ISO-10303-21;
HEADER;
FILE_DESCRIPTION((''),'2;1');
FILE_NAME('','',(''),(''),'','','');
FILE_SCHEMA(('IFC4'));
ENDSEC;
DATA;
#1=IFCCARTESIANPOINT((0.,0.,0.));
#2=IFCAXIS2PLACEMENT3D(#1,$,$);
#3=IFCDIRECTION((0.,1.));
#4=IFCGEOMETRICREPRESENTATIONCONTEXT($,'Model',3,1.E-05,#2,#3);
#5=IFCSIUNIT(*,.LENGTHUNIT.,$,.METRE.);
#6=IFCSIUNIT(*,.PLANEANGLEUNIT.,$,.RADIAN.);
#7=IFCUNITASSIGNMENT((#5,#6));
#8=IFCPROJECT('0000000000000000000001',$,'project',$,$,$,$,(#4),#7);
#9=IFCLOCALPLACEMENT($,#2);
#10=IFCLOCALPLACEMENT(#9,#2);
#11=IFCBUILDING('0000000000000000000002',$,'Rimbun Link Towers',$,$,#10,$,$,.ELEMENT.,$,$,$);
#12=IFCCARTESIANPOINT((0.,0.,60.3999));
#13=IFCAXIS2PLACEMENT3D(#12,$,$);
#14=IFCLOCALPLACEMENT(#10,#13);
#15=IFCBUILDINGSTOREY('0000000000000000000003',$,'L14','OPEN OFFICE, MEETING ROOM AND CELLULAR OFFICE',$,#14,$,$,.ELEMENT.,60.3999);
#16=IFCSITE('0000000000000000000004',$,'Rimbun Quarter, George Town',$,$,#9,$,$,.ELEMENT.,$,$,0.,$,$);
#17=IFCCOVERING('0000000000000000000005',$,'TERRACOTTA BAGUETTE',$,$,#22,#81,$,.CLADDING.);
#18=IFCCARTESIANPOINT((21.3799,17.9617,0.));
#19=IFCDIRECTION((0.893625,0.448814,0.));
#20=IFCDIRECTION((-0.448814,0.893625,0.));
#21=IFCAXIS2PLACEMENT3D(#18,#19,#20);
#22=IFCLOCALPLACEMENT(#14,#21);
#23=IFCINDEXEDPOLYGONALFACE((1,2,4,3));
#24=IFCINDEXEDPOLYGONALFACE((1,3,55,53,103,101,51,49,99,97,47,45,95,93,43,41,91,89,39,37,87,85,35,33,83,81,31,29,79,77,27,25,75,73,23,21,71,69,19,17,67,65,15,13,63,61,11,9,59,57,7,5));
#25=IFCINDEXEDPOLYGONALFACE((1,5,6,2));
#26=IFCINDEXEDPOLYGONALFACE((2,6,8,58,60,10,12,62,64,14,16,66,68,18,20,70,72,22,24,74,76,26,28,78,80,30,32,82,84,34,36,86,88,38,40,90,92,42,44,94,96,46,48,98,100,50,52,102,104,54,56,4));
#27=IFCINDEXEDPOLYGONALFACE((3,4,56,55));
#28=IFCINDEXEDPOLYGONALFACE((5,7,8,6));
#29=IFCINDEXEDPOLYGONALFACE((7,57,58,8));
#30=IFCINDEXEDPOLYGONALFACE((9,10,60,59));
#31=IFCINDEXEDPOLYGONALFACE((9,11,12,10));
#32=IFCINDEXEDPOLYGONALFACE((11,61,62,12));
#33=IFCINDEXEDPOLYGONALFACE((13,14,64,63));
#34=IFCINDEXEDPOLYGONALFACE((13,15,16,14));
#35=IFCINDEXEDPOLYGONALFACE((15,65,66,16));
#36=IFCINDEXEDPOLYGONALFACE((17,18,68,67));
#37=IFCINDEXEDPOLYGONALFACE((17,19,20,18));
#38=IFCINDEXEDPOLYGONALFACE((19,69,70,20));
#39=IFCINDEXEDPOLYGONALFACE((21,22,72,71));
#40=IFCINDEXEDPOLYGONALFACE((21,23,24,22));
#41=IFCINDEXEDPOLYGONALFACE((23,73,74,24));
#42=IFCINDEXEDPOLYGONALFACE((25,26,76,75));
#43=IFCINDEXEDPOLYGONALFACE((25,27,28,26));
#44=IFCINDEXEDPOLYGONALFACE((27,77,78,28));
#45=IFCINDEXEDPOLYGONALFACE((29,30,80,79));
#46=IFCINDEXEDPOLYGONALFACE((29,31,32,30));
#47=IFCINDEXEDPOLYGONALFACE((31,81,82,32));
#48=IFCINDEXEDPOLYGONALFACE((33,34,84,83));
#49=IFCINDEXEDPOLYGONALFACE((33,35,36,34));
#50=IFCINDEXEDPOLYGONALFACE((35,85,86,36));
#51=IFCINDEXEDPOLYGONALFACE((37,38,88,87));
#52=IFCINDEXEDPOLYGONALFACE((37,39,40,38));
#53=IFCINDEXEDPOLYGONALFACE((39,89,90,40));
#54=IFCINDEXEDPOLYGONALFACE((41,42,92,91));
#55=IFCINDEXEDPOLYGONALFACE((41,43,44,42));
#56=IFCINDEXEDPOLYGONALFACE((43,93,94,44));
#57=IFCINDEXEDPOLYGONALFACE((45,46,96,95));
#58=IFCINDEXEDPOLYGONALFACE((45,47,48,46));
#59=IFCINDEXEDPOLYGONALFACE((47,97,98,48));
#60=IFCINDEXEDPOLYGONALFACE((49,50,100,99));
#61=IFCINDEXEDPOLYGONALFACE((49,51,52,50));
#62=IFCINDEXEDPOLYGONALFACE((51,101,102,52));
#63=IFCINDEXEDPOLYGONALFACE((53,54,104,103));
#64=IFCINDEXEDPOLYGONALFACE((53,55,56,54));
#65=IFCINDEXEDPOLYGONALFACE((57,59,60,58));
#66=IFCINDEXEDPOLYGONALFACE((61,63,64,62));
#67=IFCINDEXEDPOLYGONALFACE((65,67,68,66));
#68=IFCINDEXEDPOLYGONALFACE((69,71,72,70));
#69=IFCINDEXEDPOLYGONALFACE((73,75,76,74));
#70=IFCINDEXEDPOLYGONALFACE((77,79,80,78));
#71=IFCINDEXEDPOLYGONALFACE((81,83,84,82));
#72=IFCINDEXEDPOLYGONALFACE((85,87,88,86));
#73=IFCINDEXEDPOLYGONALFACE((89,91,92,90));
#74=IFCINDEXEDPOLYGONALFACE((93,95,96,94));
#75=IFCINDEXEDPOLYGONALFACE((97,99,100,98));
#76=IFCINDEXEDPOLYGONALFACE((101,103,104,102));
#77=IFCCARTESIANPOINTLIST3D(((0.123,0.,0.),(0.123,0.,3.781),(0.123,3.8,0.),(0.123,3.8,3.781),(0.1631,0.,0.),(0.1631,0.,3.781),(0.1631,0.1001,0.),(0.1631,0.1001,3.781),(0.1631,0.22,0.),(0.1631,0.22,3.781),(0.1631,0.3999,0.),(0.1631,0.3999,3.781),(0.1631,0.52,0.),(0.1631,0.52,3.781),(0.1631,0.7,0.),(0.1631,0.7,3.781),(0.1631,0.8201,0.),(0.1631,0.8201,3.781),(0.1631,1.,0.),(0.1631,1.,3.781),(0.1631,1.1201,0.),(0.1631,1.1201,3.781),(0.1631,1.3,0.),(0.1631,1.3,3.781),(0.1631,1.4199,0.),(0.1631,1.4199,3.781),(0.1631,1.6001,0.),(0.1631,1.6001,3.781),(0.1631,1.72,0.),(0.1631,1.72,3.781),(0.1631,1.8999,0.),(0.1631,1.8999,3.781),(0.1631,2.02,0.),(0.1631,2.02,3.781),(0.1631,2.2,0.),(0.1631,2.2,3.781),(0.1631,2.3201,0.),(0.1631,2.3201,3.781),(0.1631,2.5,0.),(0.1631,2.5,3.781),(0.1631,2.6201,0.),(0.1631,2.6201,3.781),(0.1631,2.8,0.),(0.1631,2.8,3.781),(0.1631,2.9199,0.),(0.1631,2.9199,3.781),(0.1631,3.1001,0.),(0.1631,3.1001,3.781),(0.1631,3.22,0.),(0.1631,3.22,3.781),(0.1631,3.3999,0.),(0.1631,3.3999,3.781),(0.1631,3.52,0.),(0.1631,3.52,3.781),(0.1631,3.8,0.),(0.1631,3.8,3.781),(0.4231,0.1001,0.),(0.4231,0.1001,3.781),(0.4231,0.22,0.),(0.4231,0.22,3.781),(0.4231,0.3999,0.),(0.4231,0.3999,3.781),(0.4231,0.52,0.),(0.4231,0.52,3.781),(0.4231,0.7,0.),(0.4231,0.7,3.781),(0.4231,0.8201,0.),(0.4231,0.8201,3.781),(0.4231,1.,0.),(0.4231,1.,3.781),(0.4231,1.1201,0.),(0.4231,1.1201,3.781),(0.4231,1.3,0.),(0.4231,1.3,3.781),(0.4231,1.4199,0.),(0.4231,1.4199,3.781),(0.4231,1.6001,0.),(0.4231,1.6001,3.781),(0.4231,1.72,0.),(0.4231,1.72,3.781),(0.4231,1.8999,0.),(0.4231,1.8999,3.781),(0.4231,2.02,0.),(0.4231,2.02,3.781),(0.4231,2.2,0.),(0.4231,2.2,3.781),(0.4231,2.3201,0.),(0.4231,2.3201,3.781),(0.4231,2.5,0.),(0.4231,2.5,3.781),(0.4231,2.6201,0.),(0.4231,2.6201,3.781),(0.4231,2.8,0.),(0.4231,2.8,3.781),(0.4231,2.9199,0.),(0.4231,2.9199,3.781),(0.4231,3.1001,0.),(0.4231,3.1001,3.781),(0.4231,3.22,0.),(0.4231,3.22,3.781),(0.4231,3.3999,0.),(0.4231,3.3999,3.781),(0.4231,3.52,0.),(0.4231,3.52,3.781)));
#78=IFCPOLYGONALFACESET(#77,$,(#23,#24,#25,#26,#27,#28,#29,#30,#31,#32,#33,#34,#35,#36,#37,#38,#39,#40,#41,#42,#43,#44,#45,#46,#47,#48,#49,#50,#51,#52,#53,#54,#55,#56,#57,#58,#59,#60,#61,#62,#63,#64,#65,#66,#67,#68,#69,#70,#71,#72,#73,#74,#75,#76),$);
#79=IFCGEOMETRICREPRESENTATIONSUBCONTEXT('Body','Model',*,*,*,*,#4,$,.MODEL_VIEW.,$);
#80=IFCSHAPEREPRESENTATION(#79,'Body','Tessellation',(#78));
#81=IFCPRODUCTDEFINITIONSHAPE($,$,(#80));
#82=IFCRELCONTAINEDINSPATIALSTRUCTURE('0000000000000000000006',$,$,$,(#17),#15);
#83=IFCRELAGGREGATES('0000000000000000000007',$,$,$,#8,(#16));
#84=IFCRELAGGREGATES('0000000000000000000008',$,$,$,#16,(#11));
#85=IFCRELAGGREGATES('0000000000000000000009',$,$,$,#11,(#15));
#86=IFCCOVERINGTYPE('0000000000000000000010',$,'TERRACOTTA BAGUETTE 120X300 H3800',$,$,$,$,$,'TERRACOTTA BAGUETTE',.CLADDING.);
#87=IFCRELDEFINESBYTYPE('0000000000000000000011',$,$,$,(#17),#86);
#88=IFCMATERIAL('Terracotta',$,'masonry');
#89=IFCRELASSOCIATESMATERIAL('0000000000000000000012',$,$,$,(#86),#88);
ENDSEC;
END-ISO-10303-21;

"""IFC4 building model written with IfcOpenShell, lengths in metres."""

from ifc_helpers import new_model, si_unit, direction, frame, origin, place, context, subcontext, project, spatial, polyline, outline, extrude, material, material_profile, profile_set, type_object, element, save


model = new_model("IFC4")

# Units and contexts
model_context = context("Model", 3, precision=1e-05, world=origin(), true_north=direction((0.0, 1.0)))
body_context = subcontext(model_context, "Body", "Model", "MODEL_VIEW")
ifc_project = project(units=[si_unit("LENGTHUNIT", "METRE"), si_unit("PLANEANGLEUNIT", "RADIAN")], contexts=[model_context])

# Site, building, storey
site_placement = place(None, origin())
site = spatial("IfcSite", under=ifc_project, at=site_placement, Name="Rimbun Quarter, George Town", CompositionType="ELEMENT", RefElevation=0.0)
building_placement = place(site_placement, origin())
building = spatial("IfcBuilding", under=site, at=building_placement, Name="Rimbun Link Towers", CompositionType="ELEMENT")
storey_placement = place(building_placement, frame((0.0, 0.0, 60.3999)))
storey = spatial("IfcBuildingStorey", under=building, at=storey_placement, Name="L14", Description="OPEN OFFICE, MEETING ROOM AND CELLULAR OFFICE", CompositionType="ELEMENT", Elevation=60.3999)

# Covering
ifc_material_1 = material(Name="Terracotta", Category="masonry")
ifc_material_profile_1 = material_profile(ifc_material_1, outline(polyline([(0.123, 0.0), (0.1631, 0.0), (0.1631, 0.1001), (0.4231, 0.1001), (0.4231, 0.22), (0.1631, 0.22), (0.1631, 0.3999), (0.4231, 0.3999), (0.4231, 0.52), (0.1631, 0.52), (0.1631, 0.7), (0.4231, 0.7), (0.4231, 0.8201), (0.1631, 0.8201), (0.1631, 1.0), (0.4231, 1.0), (0.4231, 1.1201), (0.1631, 1.1201), (0.1631, 1.3), (0.4231, 1.3), (0.4231, 1.4199), (0.1631, 1.4199), (0.1631, 1.6001), (0.4231, 1.6001), (0.4231, 1.72), (0.1631, 1.72), (0.1631, 1.8999), (0.4231, 1.8999), (0.4231, 2.02), (0.1631, 2.02), (0.1631, 2.2), (0.4231, 2.2), (0.4231, 2.3201), (0.1631, 2.3201), (0.1631, 2.5), (0.4231, 2.5), (0.4231, 2.6201), (0.1631, 2.6201), (0.1631, 2.8), (0.4231, 2.8), (0.4231, 2.9199), (0.1631, 2.9199), (0.1631, 3.1001), (0.4231, 3.1001), (0.4231, 3.22), (0.1631, 3.22), (0.1631, 3.3999), (0.4231, 3.3999), (0.4231, 3.52), (0.1631, 3.52), (0.1631, 3.8), (0.123, 3.8), (0.123, 0.0)])), Name="BAGUETTE 120X300")
ifc_profile_set_1 = profile_set([ifc_material_profile_1], Name="Terracotta")
covering_type = type_object("IfcCoveringType", Name="TERRACOTTA BAGUETTE 120X300 H3800", ElementType="TERRACOTTA BAGUETTE", PredefinedType="CLADDING", material=ifc_profile_set_1)
covering_1_placement = place(storey_placement, frame((21.3799, 17.9617, 0.0), z_axis=(0.893625, 0.448814, 0.0), x_axis=(-0.448814, 0.893625, 0.0)))
element("IfcCovering", 1, at=covering_1_placement, inside=storey, type_object=covering_type, Name="TERRACOTTA BAGUETTE", PredefinedType="CLADDING", context=body_context, shape_type="SweptSolid", body=[
    extrude(outline(polyline([(0.123, 0.0), (0.1631, 0.0), (0.1631, 0.1001), (0.4231, 0.1001), (0.4231, 0.22), (0.1631, 0.22), (0.1631, 0.3999), (0.4231, 0.3999), (0.4231, 0.52), (0.1631, 0.52), (0.1631, 0.7), (0.4231, 0.7), (0.4231, 0.8201), (0.1631, 0.8201), (0.1631, 1.0), (0.4231, 1.0), (0.4231, 1.1201), (0.1631, 1.1201), (0.1631, 1.3), (0.4231, 1.3), (0.4231, 1.4199), (0.1631, 1.4199), (0.1631, 1.6001), (0.4231, 1.6001), (0.4231, 1.72), (0.1631, 1.72), (0.1631, 1.8999), (0.4231, 1.8999), (0.4231, 2.02), (0.1631, 2.02), (0.1631, 2.2), (0.4231, 2.2), (0.4231, 2.3201), (0.1631, 2.3201), (0.1631, 2.5), (0.4231, 2.5), (0.4231, 2.6201), (0.1631, 2.6201), (0.1631, 2.8), (0.4231, 2.8), (0.4231, 2.9199), (0.1631, 2.9199), (0.1631, 3.1001), (0.4231, 3.1001), (0.4231, 3.22), (0.1631, 3.22), (0.1631, 3.3999), (0.4231, 3.3999), (0.4231, 3.52), (0.1631, 3.52), (0.1631, 3.8), (0.123, 3.8), (0.123, 0.0)])), origin(), (0.0, 0.0, 1.0), 3.781),
])

save(model, "model.ifc")
